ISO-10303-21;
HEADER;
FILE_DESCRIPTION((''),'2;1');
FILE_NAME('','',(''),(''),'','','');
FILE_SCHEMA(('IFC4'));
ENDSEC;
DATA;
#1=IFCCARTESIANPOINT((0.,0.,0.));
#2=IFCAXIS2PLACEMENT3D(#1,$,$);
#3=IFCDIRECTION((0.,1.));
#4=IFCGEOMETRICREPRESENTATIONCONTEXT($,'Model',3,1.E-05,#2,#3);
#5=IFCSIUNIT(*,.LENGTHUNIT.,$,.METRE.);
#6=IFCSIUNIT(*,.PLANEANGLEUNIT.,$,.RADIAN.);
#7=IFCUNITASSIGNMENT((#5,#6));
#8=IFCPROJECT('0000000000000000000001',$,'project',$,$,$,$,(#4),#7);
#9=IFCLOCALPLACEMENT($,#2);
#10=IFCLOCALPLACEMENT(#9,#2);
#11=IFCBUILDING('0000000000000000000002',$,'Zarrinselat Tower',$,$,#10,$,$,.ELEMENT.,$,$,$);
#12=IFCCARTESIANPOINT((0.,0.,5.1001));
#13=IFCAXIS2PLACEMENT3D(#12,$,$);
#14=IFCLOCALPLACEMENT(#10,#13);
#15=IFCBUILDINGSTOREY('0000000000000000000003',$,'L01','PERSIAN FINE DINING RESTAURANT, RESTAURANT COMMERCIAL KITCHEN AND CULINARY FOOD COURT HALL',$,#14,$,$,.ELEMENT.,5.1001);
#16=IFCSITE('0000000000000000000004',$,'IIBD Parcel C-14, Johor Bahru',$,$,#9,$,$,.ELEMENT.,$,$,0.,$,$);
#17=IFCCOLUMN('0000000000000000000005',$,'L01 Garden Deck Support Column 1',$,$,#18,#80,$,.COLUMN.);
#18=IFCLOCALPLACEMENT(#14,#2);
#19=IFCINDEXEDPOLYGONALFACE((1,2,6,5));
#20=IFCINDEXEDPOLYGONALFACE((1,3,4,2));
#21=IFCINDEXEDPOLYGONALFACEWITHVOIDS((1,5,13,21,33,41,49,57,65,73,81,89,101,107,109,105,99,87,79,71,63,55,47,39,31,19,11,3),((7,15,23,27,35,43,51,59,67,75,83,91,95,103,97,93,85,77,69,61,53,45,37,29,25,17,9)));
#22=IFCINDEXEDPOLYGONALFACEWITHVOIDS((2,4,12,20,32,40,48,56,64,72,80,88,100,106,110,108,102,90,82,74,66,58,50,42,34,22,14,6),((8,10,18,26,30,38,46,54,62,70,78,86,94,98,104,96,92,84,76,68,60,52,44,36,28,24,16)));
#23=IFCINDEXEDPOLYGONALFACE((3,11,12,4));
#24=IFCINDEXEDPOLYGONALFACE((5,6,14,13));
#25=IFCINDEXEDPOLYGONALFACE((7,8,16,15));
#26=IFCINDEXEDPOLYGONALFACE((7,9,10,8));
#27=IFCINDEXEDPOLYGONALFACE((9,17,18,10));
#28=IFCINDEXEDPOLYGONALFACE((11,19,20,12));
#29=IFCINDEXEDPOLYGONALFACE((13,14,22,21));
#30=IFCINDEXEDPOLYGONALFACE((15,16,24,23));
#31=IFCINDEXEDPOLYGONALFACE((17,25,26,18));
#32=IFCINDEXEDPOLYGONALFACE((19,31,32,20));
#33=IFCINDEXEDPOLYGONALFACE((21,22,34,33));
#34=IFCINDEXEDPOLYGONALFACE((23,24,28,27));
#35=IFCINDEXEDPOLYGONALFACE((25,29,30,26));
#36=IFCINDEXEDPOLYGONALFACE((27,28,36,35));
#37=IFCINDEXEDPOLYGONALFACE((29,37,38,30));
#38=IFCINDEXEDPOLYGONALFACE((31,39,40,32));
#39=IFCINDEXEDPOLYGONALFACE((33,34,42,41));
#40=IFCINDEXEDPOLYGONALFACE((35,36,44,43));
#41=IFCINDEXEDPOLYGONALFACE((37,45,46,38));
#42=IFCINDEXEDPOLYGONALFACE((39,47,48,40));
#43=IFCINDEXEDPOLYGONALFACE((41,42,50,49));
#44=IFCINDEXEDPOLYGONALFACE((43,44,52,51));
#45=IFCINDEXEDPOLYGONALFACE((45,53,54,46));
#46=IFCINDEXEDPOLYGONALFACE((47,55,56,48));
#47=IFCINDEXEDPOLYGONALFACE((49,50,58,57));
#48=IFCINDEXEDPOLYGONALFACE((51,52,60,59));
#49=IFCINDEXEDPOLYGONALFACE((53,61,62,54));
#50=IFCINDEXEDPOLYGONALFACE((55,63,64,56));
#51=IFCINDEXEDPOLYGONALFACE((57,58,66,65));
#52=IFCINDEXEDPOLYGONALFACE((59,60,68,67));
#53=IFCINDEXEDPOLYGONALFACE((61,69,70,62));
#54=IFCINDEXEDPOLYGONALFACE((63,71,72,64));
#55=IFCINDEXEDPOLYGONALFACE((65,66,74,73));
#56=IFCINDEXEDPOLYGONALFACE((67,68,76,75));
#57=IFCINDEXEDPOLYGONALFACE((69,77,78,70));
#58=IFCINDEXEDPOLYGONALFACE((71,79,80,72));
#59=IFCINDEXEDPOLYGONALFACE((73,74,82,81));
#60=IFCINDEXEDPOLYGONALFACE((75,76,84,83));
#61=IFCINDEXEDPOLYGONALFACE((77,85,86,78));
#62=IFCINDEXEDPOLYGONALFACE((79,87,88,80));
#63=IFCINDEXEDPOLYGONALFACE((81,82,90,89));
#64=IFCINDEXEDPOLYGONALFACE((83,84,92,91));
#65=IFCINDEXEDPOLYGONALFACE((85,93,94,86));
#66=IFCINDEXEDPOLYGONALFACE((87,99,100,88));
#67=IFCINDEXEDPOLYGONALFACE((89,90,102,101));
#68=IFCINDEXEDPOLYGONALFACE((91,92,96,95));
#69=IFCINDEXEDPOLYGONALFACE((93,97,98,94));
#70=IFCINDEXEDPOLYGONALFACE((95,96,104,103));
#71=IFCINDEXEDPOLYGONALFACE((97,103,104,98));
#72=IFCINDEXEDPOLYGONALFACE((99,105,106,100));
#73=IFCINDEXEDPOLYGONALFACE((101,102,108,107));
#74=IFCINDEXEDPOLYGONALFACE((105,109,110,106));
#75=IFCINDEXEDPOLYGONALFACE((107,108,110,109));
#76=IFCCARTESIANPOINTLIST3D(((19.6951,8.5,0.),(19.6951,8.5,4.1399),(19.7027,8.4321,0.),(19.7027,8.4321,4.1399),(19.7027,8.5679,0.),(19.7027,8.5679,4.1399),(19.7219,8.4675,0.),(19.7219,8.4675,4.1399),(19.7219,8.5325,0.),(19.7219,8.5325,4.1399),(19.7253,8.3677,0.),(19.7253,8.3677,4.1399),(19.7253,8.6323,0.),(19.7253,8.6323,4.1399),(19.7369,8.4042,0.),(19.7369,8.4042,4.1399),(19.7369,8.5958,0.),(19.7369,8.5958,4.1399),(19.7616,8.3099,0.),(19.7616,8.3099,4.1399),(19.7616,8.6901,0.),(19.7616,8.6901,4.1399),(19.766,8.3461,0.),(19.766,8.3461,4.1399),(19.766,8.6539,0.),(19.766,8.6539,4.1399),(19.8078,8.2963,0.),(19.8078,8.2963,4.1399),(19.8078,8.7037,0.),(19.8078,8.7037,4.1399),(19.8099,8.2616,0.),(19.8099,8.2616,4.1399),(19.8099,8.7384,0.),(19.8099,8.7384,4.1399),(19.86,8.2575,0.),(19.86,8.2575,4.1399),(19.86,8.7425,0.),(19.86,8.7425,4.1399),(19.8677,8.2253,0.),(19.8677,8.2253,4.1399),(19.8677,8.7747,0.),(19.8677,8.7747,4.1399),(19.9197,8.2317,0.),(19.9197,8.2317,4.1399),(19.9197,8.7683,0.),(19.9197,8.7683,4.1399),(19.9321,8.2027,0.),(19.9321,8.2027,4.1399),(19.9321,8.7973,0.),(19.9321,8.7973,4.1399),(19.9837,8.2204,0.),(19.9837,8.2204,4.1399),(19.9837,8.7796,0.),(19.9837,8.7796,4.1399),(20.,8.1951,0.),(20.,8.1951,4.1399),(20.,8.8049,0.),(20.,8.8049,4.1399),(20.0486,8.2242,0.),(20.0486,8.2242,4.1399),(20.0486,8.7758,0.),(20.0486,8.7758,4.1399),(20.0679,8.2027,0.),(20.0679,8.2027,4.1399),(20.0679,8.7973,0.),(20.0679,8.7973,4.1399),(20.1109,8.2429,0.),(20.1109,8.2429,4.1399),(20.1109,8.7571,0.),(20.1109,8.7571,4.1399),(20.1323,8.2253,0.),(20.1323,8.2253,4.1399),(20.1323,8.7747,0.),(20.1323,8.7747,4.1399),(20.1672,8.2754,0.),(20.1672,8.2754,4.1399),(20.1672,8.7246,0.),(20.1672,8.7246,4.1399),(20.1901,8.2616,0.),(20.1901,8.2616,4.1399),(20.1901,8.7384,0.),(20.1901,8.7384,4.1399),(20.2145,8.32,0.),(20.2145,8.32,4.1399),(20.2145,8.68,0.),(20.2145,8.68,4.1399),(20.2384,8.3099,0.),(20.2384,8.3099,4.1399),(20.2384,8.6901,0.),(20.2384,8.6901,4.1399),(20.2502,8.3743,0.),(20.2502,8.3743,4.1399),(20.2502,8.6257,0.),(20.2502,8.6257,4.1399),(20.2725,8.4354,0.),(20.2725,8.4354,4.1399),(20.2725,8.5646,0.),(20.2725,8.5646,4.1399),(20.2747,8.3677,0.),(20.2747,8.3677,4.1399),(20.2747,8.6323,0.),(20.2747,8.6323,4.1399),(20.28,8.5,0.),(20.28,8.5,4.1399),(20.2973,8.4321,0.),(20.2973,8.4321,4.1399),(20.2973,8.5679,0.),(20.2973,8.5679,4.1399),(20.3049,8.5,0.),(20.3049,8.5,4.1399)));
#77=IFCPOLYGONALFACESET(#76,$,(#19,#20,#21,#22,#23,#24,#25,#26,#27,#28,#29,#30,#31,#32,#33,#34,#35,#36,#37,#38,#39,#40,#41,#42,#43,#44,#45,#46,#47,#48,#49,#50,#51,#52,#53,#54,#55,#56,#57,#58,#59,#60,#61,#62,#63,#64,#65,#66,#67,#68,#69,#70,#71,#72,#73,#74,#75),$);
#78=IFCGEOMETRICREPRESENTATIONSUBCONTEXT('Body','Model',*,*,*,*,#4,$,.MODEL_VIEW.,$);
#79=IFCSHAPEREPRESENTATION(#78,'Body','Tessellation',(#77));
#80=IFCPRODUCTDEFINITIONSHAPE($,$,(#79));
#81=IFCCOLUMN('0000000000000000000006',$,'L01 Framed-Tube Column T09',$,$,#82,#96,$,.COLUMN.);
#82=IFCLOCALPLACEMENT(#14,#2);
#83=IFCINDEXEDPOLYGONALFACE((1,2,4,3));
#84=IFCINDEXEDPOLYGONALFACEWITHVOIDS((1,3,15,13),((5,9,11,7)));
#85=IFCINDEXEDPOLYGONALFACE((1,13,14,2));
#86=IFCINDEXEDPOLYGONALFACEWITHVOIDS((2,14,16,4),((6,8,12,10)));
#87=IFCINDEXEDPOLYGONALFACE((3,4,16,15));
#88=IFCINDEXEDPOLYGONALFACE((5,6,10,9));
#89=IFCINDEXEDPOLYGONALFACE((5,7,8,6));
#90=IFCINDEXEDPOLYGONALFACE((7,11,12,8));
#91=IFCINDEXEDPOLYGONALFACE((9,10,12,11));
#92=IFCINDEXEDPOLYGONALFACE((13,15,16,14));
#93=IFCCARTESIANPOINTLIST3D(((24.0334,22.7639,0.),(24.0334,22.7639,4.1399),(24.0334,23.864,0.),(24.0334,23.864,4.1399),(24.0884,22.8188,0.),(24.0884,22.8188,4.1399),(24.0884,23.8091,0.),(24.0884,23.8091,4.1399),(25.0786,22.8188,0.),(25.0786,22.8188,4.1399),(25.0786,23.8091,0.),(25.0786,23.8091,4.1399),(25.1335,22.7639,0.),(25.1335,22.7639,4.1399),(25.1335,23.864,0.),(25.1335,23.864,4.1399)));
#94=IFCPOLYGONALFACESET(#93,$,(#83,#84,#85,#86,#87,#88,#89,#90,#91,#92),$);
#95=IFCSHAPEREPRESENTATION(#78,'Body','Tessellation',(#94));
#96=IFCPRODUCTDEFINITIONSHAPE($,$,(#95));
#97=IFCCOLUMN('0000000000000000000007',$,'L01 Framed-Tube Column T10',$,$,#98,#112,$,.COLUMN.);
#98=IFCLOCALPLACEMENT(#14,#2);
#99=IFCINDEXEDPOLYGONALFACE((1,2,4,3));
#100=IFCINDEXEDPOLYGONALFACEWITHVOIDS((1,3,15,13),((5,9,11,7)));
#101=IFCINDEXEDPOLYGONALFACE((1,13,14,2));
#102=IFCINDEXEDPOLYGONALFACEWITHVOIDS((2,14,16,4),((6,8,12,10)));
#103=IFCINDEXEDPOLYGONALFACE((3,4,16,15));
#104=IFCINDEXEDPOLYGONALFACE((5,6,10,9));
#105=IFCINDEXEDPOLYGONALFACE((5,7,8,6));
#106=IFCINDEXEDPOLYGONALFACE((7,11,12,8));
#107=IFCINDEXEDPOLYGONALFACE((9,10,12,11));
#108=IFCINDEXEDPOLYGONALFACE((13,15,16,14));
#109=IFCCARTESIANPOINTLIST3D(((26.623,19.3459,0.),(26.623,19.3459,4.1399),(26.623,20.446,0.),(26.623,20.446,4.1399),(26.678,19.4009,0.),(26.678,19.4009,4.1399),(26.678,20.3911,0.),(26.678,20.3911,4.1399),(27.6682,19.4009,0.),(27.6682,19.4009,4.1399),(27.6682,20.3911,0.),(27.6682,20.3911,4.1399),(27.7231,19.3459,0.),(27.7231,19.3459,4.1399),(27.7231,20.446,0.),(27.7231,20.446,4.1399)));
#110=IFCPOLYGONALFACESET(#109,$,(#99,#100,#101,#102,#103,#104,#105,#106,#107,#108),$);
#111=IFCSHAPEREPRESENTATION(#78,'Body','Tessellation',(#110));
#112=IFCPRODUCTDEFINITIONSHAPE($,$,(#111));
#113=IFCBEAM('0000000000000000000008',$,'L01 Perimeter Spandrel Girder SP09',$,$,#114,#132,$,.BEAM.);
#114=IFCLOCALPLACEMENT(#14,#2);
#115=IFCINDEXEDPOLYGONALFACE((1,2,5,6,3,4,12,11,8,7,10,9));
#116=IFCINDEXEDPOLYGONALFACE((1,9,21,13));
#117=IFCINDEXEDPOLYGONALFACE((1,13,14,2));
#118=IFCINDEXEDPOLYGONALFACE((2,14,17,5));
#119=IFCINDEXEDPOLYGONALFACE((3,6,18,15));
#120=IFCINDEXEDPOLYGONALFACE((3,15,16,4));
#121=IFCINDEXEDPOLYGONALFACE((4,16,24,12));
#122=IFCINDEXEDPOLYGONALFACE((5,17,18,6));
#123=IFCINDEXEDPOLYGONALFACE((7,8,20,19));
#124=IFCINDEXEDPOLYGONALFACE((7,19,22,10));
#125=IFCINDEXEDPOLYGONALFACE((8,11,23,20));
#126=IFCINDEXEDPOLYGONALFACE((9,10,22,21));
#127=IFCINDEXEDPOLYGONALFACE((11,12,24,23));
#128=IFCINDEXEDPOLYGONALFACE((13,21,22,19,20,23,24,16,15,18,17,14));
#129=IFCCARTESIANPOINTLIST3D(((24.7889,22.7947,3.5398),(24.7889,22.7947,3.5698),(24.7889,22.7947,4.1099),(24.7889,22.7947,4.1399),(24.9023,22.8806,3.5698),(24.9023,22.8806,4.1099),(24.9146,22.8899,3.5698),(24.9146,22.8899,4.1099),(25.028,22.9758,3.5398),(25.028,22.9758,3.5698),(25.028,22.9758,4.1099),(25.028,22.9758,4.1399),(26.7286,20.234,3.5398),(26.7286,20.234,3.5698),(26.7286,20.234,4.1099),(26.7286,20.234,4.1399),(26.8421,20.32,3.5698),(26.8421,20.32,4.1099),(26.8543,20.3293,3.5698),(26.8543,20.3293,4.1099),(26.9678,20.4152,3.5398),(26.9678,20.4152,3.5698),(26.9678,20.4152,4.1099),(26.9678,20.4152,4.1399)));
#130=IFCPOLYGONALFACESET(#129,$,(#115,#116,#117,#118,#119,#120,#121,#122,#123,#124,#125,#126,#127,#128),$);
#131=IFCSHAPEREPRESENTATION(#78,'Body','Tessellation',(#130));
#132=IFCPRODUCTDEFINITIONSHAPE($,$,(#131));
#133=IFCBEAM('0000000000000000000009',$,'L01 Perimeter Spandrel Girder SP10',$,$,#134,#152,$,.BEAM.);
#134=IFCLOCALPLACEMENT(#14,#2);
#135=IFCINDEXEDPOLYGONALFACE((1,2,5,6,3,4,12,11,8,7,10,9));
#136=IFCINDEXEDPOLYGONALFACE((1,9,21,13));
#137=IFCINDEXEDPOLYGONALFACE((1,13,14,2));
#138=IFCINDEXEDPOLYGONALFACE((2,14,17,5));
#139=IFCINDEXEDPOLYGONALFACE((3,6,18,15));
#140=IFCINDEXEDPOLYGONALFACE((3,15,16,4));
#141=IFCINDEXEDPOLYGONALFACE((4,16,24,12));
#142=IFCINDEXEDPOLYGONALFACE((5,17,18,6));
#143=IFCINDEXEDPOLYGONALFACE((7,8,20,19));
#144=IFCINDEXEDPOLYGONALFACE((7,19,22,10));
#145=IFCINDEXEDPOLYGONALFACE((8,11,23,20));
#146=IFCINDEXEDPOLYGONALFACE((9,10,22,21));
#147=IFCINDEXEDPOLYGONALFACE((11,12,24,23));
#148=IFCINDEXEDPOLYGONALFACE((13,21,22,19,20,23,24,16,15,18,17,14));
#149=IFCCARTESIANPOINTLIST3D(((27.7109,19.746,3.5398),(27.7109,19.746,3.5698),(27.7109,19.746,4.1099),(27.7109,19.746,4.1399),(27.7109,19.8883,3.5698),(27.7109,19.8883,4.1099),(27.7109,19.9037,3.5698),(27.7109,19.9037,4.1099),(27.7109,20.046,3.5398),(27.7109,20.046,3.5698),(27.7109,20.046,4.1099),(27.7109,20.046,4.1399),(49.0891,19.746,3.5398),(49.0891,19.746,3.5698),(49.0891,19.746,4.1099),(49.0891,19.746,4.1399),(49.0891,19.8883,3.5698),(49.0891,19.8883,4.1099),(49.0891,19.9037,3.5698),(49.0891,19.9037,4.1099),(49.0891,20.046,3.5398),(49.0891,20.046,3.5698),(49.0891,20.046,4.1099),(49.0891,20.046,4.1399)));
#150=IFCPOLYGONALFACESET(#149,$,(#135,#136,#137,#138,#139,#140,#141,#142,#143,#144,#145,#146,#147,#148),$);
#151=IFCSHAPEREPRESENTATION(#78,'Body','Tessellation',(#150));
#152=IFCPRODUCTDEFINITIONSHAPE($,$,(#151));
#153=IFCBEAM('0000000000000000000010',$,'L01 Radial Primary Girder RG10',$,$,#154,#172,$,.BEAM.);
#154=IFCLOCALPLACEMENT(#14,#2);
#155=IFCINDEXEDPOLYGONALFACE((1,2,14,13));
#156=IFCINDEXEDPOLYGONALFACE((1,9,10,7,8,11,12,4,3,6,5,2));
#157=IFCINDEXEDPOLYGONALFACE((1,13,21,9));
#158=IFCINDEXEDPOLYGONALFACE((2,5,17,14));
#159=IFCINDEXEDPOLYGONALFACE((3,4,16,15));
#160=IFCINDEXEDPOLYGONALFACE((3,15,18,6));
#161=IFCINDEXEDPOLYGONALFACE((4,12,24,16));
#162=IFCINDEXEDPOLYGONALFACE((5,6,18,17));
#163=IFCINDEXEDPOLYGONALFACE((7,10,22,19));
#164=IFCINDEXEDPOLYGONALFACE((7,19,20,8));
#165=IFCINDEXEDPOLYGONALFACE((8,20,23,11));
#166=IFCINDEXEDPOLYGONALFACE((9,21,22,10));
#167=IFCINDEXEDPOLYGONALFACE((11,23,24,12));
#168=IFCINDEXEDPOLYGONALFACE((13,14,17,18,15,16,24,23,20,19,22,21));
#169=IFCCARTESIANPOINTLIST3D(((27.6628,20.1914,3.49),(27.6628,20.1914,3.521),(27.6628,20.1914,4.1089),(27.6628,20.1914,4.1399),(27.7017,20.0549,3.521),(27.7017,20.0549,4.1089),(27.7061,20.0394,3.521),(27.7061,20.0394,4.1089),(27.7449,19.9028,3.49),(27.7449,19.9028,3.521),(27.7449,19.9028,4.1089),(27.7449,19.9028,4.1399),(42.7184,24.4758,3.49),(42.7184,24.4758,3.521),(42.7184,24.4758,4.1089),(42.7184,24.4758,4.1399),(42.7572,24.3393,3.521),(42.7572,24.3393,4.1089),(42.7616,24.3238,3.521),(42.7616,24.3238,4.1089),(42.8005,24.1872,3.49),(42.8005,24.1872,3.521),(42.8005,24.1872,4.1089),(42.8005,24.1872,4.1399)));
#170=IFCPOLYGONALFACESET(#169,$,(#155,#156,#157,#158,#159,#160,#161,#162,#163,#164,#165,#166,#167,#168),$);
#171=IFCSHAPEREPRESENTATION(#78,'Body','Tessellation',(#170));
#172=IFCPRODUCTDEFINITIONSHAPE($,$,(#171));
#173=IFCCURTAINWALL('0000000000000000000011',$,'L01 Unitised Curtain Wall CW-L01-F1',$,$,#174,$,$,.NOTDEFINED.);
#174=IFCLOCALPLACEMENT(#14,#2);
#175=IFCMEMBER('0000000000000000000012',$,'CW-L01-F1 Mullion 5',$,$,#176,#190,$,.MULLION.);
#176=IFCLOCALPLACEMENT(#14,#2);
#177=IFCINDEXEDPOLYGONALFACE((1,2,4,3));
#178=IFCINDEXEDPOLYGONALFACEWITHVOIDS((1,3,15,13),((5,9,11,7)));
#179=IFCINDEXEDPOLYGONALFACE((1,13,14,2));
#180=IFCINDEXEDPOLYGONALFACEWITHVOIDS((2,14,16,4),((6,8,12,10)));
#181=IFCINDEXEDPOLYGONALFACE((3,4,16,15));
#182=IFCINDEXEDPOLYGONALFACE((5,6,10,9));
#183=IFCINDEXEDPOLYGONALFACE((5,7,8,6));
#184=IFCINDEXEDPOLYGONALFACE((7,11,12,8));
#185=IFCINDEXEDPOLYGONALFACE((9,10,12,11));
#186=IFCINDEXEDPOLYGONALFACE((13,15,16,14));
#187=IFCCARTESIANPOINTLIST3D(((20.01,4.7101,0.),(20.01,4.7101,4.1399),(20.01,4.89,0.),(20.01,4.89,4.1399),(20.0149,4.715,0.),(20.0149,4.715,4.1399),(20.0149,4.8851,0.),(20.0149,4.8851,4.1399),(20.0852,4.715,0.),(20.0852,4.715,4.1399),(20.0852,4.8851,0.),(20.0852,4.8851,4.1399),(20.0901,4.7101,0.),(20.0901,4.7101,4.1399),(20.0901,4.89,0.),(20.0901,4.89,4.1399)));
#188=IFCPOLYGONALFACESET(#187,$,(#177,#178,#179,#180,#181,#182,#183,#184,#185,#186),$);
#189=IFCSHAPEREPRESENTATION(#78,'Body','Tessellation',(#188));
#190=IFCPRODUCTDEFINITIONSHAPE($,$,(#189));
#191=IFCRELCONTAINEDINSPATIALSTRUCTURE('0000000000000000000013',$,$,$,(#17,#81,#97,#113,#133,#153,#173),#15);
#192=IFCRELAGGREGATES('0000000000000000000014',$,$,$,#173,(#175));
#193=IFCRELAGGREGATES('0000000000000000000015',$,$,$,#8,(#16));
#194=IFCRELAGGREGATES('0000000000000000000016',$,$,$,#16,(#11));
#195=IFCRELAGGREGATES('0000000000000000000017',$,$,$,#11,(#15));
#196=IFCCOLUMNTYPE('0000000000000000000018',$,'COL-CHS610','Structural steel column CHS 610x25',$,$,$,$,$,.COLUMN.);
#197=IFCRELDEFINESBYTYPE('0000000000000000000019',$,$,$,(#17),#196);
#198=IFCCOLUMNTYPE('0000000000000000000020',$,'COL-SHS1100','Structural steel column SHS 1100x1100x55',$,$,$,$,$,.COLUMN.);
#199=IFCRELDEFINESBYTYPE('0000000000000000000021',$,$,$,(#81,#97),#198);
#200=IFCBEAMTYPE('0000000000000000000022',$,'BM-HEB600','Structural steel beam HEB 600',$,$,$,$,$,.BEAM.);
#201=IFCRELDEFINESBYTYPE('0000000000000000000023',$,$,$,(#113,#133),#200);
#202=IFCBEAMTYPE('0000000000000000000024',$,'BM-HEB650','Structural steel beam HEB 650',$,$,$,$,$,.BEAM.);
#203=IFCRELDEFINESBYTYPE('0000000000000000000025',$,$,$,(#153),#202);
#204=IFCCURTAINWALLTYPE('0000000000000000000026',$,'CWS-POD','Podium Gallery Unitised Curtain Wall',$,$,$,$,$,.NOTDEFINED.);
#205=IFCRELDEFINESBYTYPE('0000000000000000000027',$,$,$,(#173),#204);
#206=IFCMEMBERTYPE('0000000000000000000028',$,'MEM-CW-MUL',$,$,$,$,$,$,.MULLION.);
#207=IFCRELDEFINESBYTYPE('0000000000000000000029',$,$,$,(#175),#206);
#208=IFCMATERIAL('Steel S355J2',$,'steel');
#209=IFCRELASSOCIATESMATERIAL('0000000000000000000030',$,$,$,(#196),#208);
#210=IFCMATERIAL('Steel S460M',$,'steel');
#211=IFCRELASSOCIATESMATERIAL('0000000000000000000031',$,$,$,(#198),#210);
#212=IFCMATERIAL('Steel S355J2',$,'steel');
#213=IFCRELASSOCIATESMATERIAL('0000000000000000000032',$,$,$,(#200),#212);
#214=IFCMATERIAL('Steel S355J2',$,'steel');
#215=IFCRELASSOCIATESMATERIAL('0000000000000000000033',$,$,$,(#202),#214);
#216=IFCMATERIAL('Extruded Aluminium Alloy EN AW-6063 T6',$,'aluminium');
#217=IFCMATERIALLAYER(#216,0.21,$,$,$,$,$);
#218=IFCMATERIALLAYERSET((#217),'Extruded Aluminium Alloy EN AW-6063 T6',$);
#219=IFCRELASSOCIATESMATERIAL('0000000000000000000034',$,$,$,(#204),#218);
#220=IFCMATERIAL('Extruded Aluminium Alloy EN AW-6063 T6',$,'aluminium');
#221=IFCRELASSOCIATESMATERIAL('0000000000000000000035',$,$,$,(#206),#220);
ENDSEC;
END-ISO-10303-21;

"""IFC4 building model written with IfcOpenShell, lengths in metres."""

from ifc_helpers import new_model, si_unit, direction, frame, origin, origin_2d, place, context, subcontext, project, spatial, hollow_rectangle, hollow_circle, i_section, extrude, material, layer, layer_set, material_profile, profile_set, type_object, element, aggregate, save


model = new_model("IFC4")

# Units and contexts
model_context = context("Model", 3, precision=1e-05, world=origin(), true_north=direction((0.0, 1.0)))
body_context = subcontext(model_context, "Body", "Model", "MODEL_VIEW")
ifc_project = project(units=[si_unit("LENGTHUNIT", "METRE"), si_unit("PLANEANGLEUNIT", "RADIAN")], contexts=[model_context])

# Site, building, storey
site_placement = place(None, origin())
site = spatial("IfcSite", under=ifc_project, at=site_placement, Name="IIBD Parcel C-14, Johor Bahru", CompositionType="ELEMENT", RefElevation=0.0)
building_placement = place(site_placement, origin())
building = spatial("IfcBuilding", under=site, at=building_placement, Name="Zarrinselat Tower", CompositionType="ELEMENT")
storey_placement = place(building_placement, frame((0.0, 0.0, 5.1001)))
storey = spatial("IfcBuildingStorey", under=building, at=storey_placement, Name="L01", Description="PERSIAN FINE DINING RESTAURANT, RESTAURANT COMMERCIAL KITCHEN AND CULINARY FOOD COURT HALL", CompositionType="ELEMENT", Elevation=5.1001)

# Columns
ifc_material_1 = material(Name="Steel S355J2", Category="steel")
ifc_material_profile_1 = material_profile(ifc_material_1, hollow_circle(Radius=0.3049, WallThickness=0.0249, at=origin_2d()), Name="CHS 610x25")
ifc_profile_set_1 = profile_set([ifc_material_profile_1], Name="Steel S355J2")
column_type_1 = type_object("IfcColumnType", Name="COL-CHS610", Description="Structural steel column CHS 610x25", PredefinedType="COLUMN", material=ifc_profile_set_1)
column_placement = place(storey_placement, frame((20.0, 8.5, 0.0), z_axis=(0.0, 0.0, 1.0), x_axis=(1.0, 0.0, 0.0)))
element("IfcColumn", 1, at=column_placement, inside=storey, type_object=column_type_1, Name="L01 Garden Deck Support Column 1", PredefinedType="COLUMN", context=body_context, shape_type="SweptSolid", body=[
    extrude(hollow_circle(Radius=0.3049, WallThickness=0.0249, at=origin_2d()), origin(), (0.0, 0.0, 1.0), 4.1399),
])
ifc_material_2 = material(Name="Steel S460M", Category="steel")
ifc_material_profile_2 = material_profile(ifc_material_2, hollow_rectangle(XDim=1.1001, YDim=1.1001, WallThickness=0.0549, at=origin_2d()), Name="SHS 1100x1100x55")
ifc_profile_set_2 = profile_set([ifc_material_profile_2], Name="Steel S460M")
column_type_2 = type_object("IfcColumnType", Name="COL-SHS1100", Description="Structural steel column SHS 1100x1100x55", PredefinedType="COLUMN", material=ifc_profile_set_2)
for number, where, z_axis, x_axis, name in (
    (2, (24.5835, 23.314, 0.0), (0.0, 0.0, 1.0), (1.0, 0.0, 0.0), "L01 Framed-Tube Column T09"),
    (3, (27.1731, 19.896, 0.0), (0.0, 0.0, 1.0), (1.0, 0.0, 0.0), "L01 Framed-Tube Column T10"),
):
    element("IfcColumn", number, at=place(storey_placement, frame(where, z_axis=z_axis, x_axis=x_axis)), inside=storey, type_object=column_type_2, Name=name, PredefinedType="COLUMN", context=body_context, shape_type="SweptSolid", body=[
        extrude(hollow_rectangle(XDim=1.1001, YDim=1.1001, WallThickness=0.0549, at=origin_2d()), origin(), (0.0, 0.0, 1.0), 4.1399),
    ])

# Beams
ifc_material_3 = material(Name="Steel S355J2", Category="steel")
ifc_material_profile_3 = material_profile(ifc_material_3, i_section(OverallWidth=0.3, OverallDepth=0.6001, WebThickness=0.0154, FlangeThickness=0.03, at=origin_2d()), Name="HEB 600")
ifc_profile_set_3 = profile_set([ifc_material_profile_3], Name="Steel S355J2")
beam_type_1 = type_object("IfcBeamType", Name="BM-HEB600", Description="Structural steel beam HEB 600", PredefinedType="BEAM", material=ifc_profile_set_3)
beam_1_placement = place(storey_placement, frame((24.9084, 22.8853, 3.8398), z_axis=(0.603836, -0.797109, 0.0), x_axis=(0.797109, 0.603836, 0.0)))
element("IfcBeam", 4, at=beam_1_placement, inside=storey, type_object=beam_type_1, Name="L01 Perimeter Spandrel Girder SP09", PredefinedType="BEAM", context=body_context, shape_type="SweptSolid", body=[
    extrude(i_section(OverallWidth=0.3, OverallDepth=0.6001, WebThickness=0.0154, FlangeThickness=0.03, at=origin_2d()), origin(), (0.0, 0.0, 1.0), 3.2124),
])
beam_2_placement = place(storey_placement, frame((27.7109, 19.896, 3.8398), z_axis=(1.0, 0.0, 0.0), x_axis=(0.0, 1.0, 0.0)))
element("IfcBeam", 5, at=beam_2_placement, inside=storey, type_object=beam_type_1, Name="L01 Perimeter Spandrel Girder SP10", PredefinedType="BEAM", context=body_context, shape_type="SweptSolid", body=[
    extrude(i_section(OverallWidth=0.3, OverallDepth=0.6001, WebThickness=0.0154, FlangeThickness=0.03, at=origin_2d()), origin(), (0.0, 0.0, 1.0), 21.3782),
])
ifc_material_4 = material(Name="Steel S355J2", Category="steel")
ifc_material_profile_4 = material_profile(ifc_material_4, i_section(OverallWidth=0.3, OverallDepth=0.6499, WebThickness=0.0161, FlangeThickness=0.031, at=origin_2d()), Name="HEB 650")
ifc_profile_set_4 = profile_set([ifc_material_profile_4], Name="Steel S355J2")
beam_type_2 = type_object("IfcBeamType", Name="BM-HEB650", Description="Structural steel beam HEB 650", PredefinedType="BEAM", material=ifc_profile_set_4)
beam_3_placement = place(storey_placement, frame((27.7039, 20.0471, 3.8149), z_axis=(0.961814, 0.273705, 0.0), x_axis=(-0.273705, 0.961814, 0.0)))
element("IfcBeam", 6, at=beam_3_placement, inside=storey, type_object=beam_type_2, Name="L01 Radial Primary Girder RG10", PredefinedType="BEAM", context=body_context, shape_type="SweptSolid", body=[
    extrude(i_section(OverallWidth=0.3, OverallDepth=0.6499, WebThickness=0.0161, FlangeThickness=0.031, at=origin_2d()), origin(), (0.0, 0.0, 1.0), 15.6533),
])

# Curtain wall, member
ifc_material_5 = material(Name="Extruded Aluminium Alloy EN AW-6063 T6", Category="aluminium")
ifc_layer_1 = layer(ifc_material_5, 0.21)
ifc_layer_set_1 = layer_set([ifc_layer_1], Name="Extruded Aluminium Alloy EN AW-6063 T6")
curtain_wall_type = type_object("IfcCurtainWallType", Name="CWS-POD", Description="Podium Gallery Unitised Curtain Wall", PredefinedType="NOTDEFINED", material=ifc_layer_set_1)
curtain_wall_placement = place(storey_placement, origin())
curtain_wall = element("IfcCurtainWall", 7, at=curtain_wall_placement, inside=storey, type_object=curtain_wall_type, Name="L01 Unitised Curtain Wall CW-L01-F1", PredefinedType="NOTDEFINED")
ifc_material_6 = material(Name="Extruded Aluminium Alloy EN AW-6063 T6", Category="aluminium")
ifc_material_profile_5 = material_profile(ifc_material_6, hollow_rectangle(XDim=0.0801, YDim=0.1799, WallThickness=0.0049, at=origin_2d()), Name="RHS 180x80x5")
ifc_profile_set_5 = profile_set([ifc_material_profile_5], Name="Extruded Aluminium Alloy EN AW-6063 T6")
member_type = type_object("IfcMemberType", Name="MEM-CW-MUL", PredefinedType="MULLION", material=ifc_profile_set_5)
member_1_placement = place(storey_placement, frame((20.05, 4.8, 0.0), z_axis=(0.0, 0.0, 1.0), x_axis=(1.0, 0.0, 0.0)))
member_1 = element("IfcMember", 8, at=member_1_placement, type_object=member_type, Name="CW-L01-F1 Mullion 5", PredefinedType="MULLION", context=body_context, shape_type="SweptSolid", body=[
    extrude(hollow_rectangle(XDim=0.0801, YDim=0.1799, WallThickness=0.0049, at=origin_2d()), origin(), (0.0, 0.0, 1.0), 4.1399),
])
aggregate(curtain_wall, [member_1])

save(model, "model.ifc")
